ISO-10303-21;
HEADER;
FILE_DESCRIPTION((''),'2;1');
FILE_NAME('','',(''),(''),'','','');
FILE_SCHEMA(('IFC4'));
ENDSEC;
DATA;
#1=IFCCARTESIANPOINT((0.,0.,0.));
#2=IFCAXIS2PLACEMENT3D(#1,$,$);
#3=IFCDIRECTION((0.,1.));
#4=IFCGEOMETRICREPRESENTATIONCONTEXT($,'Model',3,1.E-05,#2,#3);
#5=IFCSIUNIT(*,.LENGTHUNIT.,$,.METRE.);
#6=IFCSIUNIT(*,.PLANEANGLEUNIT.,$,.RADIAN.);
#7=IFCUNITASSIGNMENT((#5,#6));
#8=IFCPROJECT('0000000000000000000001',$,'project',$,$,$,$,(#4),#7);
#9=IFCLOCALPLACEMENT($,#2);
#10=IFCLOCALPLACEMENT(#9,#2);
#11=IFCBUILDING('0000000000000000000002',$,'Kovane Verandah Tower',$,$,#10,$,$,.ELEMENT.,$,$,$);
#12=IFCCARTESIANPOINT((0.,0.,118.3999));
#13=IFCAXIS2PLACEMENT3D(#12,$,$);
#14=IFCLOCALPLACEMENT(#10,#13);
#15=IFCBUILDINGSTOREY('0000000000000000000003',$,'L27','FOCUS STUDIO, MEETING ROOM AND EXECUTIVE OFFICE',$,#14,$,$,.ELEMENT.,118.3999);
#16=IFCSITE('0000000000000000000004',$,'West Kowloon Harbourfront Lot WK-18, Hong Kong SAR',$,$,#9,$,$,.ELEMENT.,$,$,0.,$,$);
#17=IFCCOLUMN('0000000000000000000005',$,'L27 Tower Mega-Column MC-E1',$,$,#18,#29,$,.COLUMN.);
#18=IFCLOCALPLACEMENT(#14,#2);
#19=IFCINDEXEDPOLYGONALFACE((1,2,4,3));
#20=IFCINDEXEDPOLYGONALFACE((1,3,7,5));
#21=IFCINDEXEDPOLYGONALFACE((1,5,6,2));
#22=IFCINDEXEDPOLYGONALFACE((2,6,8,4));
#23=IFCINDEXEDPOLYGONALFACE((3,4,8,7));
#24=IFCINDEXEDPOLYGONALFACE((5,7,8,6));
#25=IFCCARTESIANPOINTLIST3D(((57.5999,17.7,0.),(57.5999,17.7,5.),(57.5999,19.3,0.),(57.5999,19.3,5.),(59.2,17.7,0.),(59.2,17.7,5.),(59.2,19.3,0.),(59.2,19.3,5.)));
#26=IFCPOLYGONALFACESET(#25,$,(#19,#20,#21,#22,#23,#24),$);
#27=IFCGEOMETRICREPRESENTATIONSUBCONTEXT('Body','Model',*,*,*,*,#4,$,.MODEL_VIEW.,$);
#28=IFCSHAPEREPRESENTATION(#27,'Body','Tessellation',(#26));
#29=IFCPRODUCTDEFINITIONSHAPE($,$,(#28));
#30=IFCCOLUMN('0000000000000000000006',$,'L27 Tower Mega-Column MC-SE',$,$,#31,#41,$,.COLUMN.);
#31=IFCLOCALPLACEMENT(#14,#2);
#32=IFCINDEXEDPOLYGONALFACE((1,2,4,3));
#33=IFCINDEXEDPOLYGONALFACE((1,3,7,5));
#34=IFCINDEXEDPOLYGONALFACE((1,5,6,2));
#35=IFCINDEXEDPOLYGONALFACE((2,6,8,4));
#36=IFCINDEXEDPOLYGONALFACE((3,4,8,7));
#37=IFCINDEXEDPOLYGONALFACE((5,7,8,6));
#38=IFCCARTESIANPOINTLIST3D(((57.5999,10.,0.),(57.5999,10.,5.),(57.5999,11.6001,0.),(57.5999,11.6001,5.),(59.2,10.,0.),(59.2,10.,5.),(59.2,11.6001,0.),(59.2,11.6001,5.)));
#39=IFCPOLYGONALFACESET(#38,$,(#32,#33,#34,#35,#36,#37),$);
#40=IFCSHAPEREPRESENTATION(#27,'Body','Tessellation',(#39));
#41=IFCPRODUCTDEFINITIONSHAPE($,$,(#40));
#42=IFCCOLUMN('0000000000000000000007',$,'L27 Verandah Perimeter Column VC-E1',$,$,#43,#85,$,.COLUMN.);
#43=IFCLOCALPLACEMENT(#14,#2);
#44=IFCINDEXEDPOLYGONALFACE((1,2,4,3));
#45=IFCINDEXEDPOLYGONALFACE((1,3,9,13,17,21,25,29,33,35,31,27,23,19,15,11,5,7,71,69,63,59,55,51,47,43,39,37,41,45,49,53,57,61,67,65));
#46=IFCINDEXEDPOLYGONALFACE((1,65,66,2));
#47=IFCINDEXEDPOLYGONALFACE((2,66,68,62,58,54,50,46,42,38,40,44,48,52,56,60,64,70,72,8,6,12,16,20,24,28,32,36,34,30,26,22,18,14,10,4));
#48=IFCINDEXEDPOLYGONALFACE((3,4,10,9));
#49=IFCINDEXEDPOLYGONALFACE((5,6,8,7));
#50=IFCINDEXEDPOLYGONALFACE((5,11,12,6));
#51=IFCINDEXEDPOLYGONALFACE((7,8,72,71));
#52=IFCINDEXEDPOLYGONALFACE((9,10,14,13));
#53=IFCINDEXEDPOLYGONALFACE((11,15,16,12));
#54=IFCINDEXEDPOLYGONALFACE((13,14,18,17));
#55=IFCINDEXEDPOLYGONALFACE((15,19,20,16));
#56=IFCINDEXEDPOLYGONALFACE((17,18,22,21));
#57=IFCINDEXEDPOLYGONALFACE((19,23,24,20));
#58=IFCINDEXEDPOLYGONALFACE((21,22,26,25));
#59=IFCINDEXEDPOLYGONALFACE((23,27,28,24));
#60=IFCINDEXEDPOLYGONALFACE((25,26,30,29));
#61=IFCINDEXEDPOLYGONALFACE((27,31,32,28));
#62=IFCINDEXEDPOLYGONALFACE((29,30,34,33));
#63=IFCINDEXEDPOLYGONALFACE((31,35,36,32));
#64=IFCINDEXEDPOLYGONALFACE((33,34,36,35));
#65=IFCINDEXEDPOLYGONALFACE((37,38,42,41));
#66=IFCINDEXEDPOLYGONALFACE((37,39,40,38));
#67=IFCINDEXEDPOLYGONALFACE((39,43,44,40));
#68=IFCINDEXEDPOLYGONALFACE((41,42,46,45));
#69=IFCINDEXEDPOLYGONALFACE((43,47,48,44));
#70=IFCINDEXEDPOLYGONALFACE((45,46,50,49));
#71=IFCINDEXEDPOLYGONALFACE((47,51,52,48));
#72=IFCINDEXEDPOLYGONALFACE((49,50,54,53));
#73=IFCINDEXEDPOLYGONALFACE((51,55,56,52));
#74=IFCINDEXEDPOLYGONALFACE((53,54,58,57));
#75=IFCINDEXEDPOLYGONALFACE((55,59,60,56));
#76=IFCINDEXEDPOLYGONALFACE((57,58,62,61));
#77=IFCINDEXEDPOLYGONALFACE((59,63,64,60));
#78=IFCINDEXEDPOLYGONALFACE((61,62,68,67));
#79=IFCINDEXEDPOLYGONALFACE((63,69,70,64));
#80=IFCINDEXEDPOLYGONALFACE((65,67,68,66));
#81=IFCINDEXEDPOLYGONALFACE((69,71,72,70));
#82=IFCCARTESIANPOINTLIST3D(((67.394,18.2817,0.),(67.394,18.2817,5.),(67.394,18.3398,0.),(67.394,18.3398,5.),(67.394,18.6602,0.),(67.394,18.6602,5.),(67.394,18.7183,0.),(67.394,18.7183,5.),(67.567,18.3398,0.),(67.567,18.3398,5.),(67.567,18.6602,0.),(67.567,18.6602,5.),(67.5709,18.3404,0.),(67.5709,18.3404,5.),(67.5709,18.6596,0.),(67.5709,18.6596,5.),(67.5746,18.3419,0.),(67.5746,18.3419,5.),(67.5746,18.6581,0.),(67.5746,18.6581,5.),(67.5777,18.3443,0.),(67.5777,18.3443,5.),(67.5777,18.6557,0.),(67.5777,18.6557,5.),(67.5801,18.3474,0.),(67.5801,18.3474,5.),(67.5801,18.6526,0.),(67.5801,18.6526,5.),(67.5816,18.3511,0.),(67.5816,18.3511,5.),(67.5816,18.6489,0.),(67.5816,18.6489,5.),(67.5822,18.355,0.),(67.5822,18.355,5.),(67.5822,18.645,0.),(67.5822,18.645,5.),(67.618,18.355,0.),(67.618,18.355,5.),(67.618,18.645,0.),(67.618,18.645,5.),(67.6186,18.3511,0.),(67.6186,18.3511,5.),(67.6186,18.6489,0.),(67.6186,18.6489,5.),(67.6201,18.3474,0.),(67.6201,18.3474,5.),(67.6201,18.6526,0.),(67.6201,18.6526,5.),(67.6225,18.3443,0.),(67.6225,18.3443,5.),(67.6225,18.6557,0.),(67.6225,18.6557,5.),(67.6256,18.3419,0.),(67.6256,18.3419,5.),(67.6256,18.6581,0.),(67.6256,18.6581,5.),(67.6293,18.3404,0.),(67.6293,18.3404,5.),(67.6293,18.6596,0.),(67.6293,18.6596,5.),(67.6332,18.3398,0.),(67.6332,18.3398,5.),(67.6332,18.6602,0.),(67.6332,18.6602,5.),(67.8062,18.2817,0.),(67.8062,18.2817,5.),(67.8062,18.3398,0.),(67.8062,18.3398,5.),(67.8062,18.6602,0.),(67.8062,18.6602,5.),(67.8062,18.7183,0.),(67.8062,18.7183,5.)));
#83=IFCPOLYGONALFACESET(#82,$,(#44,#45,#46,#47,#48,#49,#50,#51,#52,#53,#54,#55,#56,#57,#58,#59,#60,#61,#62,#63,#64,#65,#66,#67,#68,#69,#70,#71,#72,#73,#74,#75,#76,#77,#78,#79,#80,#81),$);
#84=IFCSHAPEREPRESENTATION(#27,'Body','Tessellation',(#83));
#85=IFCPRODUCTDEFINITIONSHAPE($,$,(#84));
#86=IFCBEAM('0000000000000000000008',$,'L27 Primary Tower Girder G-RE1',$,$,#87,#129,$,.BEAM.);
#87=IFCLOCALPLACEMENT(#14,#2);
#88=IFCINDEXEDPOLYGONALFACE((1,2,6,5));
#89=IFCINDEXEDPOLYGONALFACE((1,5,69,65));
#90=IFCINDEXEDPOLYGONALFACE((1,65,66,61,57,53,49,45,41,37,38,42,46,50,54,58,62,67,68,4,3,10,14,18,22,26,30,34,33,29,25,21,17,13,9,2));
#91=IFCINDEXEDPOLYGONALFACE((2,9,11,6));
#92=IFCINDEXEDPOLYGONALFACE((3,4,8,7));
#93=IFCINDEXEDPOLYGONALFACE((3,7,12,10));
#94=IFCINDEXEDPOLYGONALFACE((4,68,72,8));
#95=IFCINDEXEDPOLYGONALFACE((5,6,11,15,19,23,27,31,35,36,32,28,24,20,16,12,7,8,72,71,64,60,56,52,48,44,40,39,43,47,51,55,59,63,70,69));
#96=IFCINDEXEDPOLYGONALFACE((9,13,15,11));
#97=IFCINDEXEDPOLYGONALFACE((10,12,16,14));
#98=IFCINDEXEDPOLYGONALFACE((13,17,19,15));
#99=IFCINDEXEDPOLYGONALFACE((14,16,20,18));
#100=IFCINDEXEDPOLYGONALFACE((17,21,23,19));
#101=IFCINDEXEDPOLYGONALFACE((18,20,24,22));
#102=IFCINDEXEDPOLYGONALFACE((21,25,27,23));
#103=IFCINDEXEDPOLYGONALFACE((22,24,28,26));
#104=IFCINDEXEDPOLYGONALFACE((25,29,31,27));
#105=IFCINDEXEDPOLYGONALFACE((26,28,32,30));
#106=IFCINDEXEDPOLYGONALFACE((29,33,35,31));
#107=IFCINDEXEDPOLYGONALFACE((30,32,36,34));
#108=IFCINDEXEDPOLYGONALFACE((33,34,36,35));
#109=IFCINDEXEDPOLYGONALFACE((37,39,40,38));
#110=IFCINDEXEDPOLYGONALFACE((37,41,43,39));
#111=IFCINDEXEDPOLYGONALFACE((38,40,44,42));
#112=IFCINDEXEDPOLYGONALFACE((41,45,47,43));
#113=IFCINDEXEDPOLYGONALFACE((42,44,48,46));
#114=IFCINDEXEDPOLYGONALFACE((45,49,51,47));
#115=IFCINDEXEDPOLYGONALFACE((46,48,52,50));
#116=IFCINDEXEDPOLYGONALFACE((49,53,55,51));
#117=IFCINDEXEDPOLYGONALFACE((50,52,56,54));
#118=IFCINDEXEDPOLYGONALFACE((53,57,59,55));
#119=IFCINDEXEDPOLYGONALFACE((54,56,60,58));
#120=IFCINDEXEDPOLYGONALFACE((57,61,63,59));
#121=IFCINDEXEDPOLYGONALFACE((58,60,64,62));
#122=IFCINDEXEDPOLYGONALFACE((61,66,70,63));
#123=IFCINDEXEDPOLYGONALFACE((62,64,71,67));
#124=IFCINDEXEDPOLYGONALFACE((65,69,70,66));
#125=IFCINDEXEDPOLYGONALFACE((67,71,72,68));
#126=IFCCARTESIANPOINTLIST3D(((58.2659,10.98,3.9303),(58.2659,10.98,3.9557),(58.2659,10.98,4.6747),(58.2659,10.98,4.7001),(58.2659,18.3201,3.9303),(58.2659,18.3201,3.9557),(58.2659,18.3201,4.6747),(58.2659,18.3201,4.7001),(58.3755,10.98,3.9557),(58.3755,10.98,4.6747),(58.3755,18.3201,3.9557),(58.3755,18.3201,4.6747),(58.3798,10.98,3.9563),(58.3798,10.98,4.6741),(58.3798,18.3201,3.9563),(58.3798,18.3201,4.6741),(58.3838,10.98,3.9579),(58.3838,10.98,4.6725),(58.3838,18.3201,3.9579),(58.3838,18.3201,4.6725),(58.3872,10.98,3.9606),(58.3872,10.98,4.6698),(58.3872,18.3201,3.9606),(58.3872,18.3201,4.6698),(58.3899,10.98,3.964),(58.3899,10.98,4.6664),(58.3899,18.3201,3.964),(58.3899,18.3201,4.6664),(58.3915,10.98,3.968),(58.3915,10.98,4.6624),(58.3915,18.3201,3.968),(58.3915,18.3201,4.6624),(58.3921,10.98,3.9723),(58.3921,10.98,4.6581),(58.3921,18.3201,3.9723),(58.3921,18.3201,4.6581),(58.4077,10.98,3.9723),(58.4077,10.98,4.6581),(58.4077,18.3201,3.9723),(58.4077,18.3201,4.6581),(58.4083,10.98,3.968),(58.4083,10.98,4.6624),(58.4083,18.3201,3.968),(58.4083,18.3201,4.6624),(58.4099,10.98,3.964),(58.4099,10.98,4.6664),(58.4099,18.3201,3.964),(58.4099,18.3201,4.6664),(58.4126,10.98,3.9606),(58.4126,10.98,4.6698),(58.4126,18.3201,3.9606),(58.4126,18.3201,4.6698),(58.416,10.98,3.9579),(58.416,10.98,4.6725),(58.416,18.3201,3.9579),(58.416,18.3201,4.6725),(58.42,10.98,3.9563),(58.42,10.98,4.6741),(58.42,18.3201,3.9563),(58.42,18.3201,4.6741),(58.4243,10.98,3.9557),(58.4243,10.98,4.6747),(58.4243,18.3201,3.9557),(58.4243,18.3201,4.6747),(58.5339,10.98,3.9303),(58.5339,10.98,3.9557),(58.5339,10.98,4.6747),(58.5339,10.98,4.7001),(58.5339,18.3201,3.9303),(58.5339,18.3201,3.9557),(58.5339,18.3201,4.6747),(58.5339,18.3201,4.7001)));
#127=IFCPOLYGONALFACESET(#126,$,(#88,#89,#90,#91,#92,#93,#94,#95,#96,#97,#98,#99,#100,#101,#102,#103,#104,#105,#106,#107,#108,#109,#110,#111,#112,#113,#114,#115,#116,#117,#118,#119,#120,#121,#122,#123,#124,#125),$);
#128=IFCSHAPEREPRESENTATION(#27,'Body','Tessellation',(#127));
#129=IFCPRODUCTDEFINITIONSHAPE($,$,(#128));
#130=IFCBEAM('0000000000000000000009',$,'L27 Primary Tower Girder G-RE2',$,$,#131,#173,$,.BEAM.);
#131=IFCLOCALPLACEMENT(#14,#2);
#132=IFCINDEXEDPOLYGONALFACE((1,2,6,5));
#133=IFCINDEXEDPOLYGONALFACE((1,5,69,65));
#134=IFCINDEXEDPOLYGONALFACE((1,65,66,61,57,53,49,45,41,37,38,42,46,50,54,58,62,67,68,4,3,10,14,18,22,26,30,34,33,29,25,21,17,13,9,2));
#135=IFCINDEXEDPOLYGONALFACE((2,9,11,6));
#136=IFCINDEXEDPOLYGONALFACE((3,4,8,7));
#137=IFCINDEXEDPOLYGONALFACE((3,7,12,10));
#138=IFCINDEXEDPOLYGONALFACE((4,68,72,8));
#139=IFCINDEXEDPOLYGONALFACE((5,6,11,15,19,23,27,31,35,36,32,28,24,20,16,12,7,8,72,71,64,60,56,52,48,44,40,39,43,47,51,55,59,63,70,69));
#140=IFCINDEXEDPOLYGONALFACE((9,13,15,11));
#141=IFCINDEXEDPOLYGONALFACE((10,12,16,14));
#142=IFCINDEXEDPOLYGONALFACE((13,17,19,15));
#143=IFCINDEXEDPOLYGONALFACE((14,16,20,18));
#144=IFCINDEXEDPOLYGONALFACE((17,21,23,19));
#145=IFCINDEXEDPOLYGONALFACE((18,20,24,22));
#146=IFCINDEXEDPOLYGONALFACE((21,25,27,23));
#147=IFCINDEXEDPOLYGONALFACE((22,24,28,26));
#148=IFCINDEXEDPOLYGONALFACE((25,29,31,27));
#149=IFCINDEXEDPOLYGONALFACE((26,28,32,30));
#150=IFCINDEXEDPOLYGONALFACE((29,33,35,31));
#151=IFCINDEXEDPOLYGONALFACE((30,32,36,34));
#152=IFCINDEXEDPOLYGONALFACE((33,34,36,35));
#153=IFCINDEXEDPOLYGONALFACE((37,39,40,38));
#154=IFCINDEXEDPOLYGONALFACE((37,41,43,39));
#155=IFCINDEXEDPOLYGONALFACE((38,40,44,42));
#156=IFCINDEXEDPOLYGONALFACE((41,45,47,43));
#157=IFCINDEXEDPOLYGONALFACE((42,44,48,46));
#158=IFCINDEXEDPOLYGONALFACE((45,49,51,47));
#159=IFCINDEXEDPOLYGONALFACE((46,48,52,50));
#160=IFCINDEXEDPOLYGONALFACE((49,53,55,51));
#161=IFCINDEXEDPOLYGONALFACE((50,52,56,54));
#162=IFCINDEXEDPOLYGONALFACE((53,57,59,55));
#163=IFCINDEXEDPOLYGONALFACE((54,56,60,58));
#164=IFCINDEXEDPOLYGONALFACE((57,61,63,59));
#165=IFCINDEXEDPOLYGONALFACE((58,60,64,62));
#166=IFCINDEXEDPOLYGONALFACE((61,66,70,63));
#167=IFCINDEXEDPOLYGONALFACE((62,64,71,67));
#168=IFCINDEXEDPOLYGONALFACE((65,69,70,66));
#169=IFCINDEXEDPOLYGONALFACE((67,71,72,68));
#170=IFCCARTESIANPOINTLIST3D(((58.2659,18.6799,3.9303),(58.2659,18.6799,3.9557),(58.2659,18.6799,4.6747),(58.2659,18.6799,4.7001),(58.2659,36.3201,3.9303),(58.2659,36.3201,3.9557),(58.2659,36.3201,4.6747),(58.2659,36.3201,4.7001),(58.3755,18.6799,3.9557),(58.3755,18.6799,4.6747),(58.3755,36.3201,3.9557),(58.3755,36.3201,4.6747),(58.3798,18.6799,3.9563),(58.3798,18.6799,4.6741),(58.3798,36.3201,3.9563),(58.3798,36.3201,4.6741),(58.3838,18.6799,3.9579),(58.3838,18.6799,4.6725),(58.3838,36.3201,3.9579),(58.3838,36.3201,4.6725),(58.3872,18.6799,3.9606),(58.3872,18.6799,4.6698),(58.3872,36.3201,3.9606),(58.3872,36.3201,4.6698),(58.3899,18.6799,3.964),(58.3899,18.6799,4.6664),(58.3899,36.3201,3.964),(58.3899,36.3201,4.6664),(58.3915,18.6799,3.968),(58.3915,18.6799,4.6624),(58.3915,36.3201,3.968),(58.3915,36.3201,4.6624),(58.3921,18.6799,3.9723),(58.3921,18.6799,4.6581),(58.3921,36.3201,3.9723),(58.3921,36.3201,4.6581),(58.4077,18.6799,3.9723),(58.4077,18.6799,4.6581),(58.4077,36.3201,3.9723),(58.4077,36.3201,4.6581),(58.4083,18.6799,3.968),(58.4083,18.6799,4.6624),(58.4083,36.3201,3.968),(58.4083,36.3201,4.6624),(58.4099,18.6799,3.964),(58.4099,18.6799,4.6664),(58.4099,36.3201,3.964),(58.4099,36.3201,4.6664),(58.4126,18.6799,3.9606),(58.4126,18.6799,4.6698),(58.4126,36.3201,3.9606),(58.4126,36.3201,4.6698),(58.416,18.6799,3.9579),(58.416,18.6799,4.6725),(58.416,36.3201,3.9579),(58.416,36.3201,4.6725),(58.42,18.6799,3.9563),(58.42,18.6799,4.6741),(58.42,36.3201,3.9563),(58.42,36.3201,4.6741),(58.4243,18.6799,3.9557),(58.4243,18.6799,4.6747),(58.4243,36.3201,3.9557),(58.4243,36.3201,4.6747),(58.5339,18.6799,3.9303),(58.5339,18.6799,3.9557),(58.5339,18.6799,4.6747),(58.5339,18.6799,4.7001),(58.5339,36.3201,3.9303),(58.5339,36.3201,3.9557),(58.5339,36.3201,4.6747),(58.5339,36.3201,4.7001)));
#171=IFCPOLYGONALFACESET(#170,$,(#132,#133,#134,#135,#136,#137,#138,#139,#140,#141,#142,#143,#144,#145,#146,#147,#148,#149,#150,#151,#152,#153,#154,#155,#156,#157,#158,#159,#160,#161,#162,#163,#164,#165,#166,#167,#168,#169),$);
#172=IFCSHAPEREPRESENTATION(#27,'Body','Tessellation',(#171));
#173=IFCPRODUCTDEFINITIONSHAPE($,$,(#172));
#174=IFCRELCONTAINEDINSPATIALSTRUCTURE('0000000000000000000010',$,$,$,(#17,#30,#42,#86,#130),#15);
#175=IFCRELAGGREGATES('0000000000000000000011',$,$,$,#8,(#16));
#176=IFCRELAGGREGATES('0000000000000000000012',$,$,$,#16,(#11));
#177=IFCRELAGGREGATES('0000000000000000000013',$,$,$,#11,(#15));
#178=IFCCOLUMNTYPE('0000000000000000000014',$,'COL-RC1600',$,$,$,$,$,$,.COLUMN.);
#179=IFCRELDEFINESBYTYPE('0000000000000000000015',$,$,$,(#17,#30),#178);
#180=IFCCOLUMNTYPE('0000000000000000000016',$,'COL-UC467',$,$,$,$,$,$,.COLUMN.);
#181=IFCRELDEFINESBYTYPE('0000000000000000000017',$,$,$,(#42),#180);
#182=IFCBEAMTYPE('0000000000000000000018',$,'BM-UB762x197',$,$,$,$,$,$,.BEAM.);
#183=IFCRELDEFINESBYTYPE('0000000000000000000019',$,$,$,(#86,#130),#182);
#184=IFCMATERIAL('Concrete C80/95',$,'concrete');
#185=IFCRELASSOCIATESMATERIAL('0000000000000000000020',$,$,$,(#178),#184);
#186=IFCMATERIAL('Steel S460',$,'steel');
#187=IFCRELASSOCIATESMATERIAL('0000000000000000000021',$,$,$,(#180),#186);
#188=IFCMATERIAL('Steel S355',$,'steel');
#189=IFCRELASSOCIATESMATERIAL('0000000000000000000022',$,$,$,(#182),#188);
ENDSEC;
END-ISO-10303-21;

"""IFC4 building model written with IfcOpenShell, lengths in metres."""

from ifc_helpers import new_model, si_unit, direction, frame, origin, origin_2d, place, context, subcontext, project, spatial, rectangle, i_section, extrude, material, material_profile, profile_set, type_object, element, save


model = new_model("IFC4")

# Units and contexts
model_context = context("Model", 3, precision=1e-05, world=origin(), true_north=direction((0.0, 1.0)))
body_context = subcontext(model_context, "Body", "Model", "MODEL_VIEW")
ifc_project = project(units=[si_unit("LENGTHUNIT", "METRE"), si_unit("PLANEANGLEUNIT", "RADIAN")], contexts=[model_context])

# Site, building, storey
site_placement = place(None, origin())
site = spatial("IfcSite", under=ifc_project, at=site_placement, Name="West Kowloon Harbourfront Lot WK-18, Hong Kong SAR", CompositionType="ELEMENT", RefElevation=0.0)
building_placement = place(site_placement, origin())
building = spatial("IfcBuilding", under=site, at=building_placement, Name="Kovane Verandah Tower", CompositionType="ELEMENT")
storey_placement = place(building_placement, frame((0.0, 0.0, 118.3999)))
storey = spatial("IfcBuildingStorey", under=building, at=storey_placement, Name="L27", Description="FOCUS STUDIO, MEETING ROOM AND EXECUTIVE OFFICE", CompositionType="ELEMENT", Elevation=118.3999)

# Columns
ifc_material_1 = material(Name="Concrete C80/95", Category="concrete")
ifc_material_profile_1 = material_profile(ifc_material_1, rectangle(XDim=1.6001, YDim=1.6001, at=origin_2d()), Name="RC1600x1600")
ifc_profile_set_1 = profile_set([ifc_material_profile_1], Name="Concrete C80/95")
column_type_1 = type_object("IfcColumnType", Name="COL-RC1600", PredefinedType="COLUMN", material=ifc_profile_set_1)
for number, where, z_axis, x_axis, name in (
    (1, (58.3999, 18.5, 0.0), (0.0, 0.0, 1.0), (1.0, 0.0, 0.0), "L27 Tower Mega-Column MC-E1"),
    (2, (58.3999, 10.8, 0.0), (0.0, 0.0, 1.0), (1.0, 0.0, 0.0), "L27 Tower Mega-Column MC-SE"),
):
    element("IfcColumn", number, at=place(storey_placement, frame(where, z_axis=z_axis, x_axis=x_axis)), inside=storey, type_object=column_type_1, Name=name, PredefinedType="COLUMN", context=body_context, shape_type="SweptSolid", body=[
        extrude(rectangle(XDim=1.6001, YDim=1.6001, at=origin_2d()), origin(), (0.0, 0.0, 1.0), 5.0),
    ])
ifc_material_2 = material(Name="Steel S460", Category="steel")
ifc_material_profile_2 = material_profile(ifc_material_2, i_section(OverallWidth=0.4121, OverallDepth=0.4365, WebThickness=0.0359, FlangeThickness=0.0581, FilletRadius=0.0151, at=origin_2d()), Name="UC356x406x467")
ifc_profile_set_2 = profile_set([ifc_material_profile_2], Name="Steel S460")
column_type_2 = type_object("IfcColumnType", Name="COL-UC467", PredefinedType="COLUMN", material=ifc_profile_set_2)
column_placement = place(storey_placement, frame((67.6001, 18.5, 0.0), z_axis=(0.0, 0.0, 1.0), x_axis=(1.0, 0.0, 0.0)))
element("IfcColumn", 3, at=column_placement, inside=storey, type_object=column_type_2, Name="L27 Verandah Perimeter Column VC-E1", PredefinedType="COLUMN", context=body_context, shape_type="SweptSolid", body=[
    extrude(i_section(OverallWidth=0.4121, OverallDepth=0.4365, WebThickness=0.0359, FlangeThickness=0.0581, FilletRadius=0.0151, at=origin_2d()), origin(), (0.0, 0.0, 1.0), 5.0),
])

# Beams
ifc_material_3 = material(Name="Steel S355", Category="steel")
ifc_material_profile_3 = material_profile(ifc_material_3, i_section(OverallWidth=0.2681, OverallDepth=0.7698, WebThickness=0.0156, FlangeThickness=0.0254, FilletRadius=0.0166, at=origin_2d()), Name="UB762x267x197")
ifc_profile_set_3 = profile_set([ifc_material_profile_3], Name="Steel S355")
beam_type_1 = type_object("IfcBeamType", Name="BM-UB762x197", PredefinedType="BEAM", material=ifc_profile_set_3)
beam_1_placement = place(storey_placement, frame((58.3999, 10.98, 4.3152), z_axis=(0.0, 1.0, 0.0), x_axis=(-1.0, 0.0, 0.0)))
element("IfcBeam", 4, at=beam_1_placement, inside=storey, type_object=beam_type_1, Name="L27 Primary Tower Girder G-RE1", PredefinedType="BEAM", context=body_context, shape_type="SweptSolid", body=[
    extrude(i_section(OverallWidth=0.2681, OverallDepth=0.7698, WebThickness=0.0156, FlangeThickness=0.0254, FilletRadius=0.0166, at=origin_2d()), origin(), (0.0, 0.0, 1.0), 7.3401),
])
beam_2_placement = place(storey_placement, frame((58.3999, 18.6799, 4.3152), z_axis=(0.0, 1.0, 0.0), x_axis=(-1.0, 0.0, 0.0)))
element("IfcBeam", 5, at=beam_2_placement, inside=storey, type_object=beam_type_1, Name="L27 Primary Tower Girder G-RE2", PredefinedType="BEAM", context=body_context, shape_type="SweptSolid", body=[
    extrude(i_section(OverallWidth=0.2681, OverallDepth=0.7698, WebThickness=0.0156, FlangeThickness=0.0254, FilletRadius=0.0166, at=origin_2d()), origin(), (0.0, 0.0, 1.0), 17.6401),
])

save(model, "model.ifc")
